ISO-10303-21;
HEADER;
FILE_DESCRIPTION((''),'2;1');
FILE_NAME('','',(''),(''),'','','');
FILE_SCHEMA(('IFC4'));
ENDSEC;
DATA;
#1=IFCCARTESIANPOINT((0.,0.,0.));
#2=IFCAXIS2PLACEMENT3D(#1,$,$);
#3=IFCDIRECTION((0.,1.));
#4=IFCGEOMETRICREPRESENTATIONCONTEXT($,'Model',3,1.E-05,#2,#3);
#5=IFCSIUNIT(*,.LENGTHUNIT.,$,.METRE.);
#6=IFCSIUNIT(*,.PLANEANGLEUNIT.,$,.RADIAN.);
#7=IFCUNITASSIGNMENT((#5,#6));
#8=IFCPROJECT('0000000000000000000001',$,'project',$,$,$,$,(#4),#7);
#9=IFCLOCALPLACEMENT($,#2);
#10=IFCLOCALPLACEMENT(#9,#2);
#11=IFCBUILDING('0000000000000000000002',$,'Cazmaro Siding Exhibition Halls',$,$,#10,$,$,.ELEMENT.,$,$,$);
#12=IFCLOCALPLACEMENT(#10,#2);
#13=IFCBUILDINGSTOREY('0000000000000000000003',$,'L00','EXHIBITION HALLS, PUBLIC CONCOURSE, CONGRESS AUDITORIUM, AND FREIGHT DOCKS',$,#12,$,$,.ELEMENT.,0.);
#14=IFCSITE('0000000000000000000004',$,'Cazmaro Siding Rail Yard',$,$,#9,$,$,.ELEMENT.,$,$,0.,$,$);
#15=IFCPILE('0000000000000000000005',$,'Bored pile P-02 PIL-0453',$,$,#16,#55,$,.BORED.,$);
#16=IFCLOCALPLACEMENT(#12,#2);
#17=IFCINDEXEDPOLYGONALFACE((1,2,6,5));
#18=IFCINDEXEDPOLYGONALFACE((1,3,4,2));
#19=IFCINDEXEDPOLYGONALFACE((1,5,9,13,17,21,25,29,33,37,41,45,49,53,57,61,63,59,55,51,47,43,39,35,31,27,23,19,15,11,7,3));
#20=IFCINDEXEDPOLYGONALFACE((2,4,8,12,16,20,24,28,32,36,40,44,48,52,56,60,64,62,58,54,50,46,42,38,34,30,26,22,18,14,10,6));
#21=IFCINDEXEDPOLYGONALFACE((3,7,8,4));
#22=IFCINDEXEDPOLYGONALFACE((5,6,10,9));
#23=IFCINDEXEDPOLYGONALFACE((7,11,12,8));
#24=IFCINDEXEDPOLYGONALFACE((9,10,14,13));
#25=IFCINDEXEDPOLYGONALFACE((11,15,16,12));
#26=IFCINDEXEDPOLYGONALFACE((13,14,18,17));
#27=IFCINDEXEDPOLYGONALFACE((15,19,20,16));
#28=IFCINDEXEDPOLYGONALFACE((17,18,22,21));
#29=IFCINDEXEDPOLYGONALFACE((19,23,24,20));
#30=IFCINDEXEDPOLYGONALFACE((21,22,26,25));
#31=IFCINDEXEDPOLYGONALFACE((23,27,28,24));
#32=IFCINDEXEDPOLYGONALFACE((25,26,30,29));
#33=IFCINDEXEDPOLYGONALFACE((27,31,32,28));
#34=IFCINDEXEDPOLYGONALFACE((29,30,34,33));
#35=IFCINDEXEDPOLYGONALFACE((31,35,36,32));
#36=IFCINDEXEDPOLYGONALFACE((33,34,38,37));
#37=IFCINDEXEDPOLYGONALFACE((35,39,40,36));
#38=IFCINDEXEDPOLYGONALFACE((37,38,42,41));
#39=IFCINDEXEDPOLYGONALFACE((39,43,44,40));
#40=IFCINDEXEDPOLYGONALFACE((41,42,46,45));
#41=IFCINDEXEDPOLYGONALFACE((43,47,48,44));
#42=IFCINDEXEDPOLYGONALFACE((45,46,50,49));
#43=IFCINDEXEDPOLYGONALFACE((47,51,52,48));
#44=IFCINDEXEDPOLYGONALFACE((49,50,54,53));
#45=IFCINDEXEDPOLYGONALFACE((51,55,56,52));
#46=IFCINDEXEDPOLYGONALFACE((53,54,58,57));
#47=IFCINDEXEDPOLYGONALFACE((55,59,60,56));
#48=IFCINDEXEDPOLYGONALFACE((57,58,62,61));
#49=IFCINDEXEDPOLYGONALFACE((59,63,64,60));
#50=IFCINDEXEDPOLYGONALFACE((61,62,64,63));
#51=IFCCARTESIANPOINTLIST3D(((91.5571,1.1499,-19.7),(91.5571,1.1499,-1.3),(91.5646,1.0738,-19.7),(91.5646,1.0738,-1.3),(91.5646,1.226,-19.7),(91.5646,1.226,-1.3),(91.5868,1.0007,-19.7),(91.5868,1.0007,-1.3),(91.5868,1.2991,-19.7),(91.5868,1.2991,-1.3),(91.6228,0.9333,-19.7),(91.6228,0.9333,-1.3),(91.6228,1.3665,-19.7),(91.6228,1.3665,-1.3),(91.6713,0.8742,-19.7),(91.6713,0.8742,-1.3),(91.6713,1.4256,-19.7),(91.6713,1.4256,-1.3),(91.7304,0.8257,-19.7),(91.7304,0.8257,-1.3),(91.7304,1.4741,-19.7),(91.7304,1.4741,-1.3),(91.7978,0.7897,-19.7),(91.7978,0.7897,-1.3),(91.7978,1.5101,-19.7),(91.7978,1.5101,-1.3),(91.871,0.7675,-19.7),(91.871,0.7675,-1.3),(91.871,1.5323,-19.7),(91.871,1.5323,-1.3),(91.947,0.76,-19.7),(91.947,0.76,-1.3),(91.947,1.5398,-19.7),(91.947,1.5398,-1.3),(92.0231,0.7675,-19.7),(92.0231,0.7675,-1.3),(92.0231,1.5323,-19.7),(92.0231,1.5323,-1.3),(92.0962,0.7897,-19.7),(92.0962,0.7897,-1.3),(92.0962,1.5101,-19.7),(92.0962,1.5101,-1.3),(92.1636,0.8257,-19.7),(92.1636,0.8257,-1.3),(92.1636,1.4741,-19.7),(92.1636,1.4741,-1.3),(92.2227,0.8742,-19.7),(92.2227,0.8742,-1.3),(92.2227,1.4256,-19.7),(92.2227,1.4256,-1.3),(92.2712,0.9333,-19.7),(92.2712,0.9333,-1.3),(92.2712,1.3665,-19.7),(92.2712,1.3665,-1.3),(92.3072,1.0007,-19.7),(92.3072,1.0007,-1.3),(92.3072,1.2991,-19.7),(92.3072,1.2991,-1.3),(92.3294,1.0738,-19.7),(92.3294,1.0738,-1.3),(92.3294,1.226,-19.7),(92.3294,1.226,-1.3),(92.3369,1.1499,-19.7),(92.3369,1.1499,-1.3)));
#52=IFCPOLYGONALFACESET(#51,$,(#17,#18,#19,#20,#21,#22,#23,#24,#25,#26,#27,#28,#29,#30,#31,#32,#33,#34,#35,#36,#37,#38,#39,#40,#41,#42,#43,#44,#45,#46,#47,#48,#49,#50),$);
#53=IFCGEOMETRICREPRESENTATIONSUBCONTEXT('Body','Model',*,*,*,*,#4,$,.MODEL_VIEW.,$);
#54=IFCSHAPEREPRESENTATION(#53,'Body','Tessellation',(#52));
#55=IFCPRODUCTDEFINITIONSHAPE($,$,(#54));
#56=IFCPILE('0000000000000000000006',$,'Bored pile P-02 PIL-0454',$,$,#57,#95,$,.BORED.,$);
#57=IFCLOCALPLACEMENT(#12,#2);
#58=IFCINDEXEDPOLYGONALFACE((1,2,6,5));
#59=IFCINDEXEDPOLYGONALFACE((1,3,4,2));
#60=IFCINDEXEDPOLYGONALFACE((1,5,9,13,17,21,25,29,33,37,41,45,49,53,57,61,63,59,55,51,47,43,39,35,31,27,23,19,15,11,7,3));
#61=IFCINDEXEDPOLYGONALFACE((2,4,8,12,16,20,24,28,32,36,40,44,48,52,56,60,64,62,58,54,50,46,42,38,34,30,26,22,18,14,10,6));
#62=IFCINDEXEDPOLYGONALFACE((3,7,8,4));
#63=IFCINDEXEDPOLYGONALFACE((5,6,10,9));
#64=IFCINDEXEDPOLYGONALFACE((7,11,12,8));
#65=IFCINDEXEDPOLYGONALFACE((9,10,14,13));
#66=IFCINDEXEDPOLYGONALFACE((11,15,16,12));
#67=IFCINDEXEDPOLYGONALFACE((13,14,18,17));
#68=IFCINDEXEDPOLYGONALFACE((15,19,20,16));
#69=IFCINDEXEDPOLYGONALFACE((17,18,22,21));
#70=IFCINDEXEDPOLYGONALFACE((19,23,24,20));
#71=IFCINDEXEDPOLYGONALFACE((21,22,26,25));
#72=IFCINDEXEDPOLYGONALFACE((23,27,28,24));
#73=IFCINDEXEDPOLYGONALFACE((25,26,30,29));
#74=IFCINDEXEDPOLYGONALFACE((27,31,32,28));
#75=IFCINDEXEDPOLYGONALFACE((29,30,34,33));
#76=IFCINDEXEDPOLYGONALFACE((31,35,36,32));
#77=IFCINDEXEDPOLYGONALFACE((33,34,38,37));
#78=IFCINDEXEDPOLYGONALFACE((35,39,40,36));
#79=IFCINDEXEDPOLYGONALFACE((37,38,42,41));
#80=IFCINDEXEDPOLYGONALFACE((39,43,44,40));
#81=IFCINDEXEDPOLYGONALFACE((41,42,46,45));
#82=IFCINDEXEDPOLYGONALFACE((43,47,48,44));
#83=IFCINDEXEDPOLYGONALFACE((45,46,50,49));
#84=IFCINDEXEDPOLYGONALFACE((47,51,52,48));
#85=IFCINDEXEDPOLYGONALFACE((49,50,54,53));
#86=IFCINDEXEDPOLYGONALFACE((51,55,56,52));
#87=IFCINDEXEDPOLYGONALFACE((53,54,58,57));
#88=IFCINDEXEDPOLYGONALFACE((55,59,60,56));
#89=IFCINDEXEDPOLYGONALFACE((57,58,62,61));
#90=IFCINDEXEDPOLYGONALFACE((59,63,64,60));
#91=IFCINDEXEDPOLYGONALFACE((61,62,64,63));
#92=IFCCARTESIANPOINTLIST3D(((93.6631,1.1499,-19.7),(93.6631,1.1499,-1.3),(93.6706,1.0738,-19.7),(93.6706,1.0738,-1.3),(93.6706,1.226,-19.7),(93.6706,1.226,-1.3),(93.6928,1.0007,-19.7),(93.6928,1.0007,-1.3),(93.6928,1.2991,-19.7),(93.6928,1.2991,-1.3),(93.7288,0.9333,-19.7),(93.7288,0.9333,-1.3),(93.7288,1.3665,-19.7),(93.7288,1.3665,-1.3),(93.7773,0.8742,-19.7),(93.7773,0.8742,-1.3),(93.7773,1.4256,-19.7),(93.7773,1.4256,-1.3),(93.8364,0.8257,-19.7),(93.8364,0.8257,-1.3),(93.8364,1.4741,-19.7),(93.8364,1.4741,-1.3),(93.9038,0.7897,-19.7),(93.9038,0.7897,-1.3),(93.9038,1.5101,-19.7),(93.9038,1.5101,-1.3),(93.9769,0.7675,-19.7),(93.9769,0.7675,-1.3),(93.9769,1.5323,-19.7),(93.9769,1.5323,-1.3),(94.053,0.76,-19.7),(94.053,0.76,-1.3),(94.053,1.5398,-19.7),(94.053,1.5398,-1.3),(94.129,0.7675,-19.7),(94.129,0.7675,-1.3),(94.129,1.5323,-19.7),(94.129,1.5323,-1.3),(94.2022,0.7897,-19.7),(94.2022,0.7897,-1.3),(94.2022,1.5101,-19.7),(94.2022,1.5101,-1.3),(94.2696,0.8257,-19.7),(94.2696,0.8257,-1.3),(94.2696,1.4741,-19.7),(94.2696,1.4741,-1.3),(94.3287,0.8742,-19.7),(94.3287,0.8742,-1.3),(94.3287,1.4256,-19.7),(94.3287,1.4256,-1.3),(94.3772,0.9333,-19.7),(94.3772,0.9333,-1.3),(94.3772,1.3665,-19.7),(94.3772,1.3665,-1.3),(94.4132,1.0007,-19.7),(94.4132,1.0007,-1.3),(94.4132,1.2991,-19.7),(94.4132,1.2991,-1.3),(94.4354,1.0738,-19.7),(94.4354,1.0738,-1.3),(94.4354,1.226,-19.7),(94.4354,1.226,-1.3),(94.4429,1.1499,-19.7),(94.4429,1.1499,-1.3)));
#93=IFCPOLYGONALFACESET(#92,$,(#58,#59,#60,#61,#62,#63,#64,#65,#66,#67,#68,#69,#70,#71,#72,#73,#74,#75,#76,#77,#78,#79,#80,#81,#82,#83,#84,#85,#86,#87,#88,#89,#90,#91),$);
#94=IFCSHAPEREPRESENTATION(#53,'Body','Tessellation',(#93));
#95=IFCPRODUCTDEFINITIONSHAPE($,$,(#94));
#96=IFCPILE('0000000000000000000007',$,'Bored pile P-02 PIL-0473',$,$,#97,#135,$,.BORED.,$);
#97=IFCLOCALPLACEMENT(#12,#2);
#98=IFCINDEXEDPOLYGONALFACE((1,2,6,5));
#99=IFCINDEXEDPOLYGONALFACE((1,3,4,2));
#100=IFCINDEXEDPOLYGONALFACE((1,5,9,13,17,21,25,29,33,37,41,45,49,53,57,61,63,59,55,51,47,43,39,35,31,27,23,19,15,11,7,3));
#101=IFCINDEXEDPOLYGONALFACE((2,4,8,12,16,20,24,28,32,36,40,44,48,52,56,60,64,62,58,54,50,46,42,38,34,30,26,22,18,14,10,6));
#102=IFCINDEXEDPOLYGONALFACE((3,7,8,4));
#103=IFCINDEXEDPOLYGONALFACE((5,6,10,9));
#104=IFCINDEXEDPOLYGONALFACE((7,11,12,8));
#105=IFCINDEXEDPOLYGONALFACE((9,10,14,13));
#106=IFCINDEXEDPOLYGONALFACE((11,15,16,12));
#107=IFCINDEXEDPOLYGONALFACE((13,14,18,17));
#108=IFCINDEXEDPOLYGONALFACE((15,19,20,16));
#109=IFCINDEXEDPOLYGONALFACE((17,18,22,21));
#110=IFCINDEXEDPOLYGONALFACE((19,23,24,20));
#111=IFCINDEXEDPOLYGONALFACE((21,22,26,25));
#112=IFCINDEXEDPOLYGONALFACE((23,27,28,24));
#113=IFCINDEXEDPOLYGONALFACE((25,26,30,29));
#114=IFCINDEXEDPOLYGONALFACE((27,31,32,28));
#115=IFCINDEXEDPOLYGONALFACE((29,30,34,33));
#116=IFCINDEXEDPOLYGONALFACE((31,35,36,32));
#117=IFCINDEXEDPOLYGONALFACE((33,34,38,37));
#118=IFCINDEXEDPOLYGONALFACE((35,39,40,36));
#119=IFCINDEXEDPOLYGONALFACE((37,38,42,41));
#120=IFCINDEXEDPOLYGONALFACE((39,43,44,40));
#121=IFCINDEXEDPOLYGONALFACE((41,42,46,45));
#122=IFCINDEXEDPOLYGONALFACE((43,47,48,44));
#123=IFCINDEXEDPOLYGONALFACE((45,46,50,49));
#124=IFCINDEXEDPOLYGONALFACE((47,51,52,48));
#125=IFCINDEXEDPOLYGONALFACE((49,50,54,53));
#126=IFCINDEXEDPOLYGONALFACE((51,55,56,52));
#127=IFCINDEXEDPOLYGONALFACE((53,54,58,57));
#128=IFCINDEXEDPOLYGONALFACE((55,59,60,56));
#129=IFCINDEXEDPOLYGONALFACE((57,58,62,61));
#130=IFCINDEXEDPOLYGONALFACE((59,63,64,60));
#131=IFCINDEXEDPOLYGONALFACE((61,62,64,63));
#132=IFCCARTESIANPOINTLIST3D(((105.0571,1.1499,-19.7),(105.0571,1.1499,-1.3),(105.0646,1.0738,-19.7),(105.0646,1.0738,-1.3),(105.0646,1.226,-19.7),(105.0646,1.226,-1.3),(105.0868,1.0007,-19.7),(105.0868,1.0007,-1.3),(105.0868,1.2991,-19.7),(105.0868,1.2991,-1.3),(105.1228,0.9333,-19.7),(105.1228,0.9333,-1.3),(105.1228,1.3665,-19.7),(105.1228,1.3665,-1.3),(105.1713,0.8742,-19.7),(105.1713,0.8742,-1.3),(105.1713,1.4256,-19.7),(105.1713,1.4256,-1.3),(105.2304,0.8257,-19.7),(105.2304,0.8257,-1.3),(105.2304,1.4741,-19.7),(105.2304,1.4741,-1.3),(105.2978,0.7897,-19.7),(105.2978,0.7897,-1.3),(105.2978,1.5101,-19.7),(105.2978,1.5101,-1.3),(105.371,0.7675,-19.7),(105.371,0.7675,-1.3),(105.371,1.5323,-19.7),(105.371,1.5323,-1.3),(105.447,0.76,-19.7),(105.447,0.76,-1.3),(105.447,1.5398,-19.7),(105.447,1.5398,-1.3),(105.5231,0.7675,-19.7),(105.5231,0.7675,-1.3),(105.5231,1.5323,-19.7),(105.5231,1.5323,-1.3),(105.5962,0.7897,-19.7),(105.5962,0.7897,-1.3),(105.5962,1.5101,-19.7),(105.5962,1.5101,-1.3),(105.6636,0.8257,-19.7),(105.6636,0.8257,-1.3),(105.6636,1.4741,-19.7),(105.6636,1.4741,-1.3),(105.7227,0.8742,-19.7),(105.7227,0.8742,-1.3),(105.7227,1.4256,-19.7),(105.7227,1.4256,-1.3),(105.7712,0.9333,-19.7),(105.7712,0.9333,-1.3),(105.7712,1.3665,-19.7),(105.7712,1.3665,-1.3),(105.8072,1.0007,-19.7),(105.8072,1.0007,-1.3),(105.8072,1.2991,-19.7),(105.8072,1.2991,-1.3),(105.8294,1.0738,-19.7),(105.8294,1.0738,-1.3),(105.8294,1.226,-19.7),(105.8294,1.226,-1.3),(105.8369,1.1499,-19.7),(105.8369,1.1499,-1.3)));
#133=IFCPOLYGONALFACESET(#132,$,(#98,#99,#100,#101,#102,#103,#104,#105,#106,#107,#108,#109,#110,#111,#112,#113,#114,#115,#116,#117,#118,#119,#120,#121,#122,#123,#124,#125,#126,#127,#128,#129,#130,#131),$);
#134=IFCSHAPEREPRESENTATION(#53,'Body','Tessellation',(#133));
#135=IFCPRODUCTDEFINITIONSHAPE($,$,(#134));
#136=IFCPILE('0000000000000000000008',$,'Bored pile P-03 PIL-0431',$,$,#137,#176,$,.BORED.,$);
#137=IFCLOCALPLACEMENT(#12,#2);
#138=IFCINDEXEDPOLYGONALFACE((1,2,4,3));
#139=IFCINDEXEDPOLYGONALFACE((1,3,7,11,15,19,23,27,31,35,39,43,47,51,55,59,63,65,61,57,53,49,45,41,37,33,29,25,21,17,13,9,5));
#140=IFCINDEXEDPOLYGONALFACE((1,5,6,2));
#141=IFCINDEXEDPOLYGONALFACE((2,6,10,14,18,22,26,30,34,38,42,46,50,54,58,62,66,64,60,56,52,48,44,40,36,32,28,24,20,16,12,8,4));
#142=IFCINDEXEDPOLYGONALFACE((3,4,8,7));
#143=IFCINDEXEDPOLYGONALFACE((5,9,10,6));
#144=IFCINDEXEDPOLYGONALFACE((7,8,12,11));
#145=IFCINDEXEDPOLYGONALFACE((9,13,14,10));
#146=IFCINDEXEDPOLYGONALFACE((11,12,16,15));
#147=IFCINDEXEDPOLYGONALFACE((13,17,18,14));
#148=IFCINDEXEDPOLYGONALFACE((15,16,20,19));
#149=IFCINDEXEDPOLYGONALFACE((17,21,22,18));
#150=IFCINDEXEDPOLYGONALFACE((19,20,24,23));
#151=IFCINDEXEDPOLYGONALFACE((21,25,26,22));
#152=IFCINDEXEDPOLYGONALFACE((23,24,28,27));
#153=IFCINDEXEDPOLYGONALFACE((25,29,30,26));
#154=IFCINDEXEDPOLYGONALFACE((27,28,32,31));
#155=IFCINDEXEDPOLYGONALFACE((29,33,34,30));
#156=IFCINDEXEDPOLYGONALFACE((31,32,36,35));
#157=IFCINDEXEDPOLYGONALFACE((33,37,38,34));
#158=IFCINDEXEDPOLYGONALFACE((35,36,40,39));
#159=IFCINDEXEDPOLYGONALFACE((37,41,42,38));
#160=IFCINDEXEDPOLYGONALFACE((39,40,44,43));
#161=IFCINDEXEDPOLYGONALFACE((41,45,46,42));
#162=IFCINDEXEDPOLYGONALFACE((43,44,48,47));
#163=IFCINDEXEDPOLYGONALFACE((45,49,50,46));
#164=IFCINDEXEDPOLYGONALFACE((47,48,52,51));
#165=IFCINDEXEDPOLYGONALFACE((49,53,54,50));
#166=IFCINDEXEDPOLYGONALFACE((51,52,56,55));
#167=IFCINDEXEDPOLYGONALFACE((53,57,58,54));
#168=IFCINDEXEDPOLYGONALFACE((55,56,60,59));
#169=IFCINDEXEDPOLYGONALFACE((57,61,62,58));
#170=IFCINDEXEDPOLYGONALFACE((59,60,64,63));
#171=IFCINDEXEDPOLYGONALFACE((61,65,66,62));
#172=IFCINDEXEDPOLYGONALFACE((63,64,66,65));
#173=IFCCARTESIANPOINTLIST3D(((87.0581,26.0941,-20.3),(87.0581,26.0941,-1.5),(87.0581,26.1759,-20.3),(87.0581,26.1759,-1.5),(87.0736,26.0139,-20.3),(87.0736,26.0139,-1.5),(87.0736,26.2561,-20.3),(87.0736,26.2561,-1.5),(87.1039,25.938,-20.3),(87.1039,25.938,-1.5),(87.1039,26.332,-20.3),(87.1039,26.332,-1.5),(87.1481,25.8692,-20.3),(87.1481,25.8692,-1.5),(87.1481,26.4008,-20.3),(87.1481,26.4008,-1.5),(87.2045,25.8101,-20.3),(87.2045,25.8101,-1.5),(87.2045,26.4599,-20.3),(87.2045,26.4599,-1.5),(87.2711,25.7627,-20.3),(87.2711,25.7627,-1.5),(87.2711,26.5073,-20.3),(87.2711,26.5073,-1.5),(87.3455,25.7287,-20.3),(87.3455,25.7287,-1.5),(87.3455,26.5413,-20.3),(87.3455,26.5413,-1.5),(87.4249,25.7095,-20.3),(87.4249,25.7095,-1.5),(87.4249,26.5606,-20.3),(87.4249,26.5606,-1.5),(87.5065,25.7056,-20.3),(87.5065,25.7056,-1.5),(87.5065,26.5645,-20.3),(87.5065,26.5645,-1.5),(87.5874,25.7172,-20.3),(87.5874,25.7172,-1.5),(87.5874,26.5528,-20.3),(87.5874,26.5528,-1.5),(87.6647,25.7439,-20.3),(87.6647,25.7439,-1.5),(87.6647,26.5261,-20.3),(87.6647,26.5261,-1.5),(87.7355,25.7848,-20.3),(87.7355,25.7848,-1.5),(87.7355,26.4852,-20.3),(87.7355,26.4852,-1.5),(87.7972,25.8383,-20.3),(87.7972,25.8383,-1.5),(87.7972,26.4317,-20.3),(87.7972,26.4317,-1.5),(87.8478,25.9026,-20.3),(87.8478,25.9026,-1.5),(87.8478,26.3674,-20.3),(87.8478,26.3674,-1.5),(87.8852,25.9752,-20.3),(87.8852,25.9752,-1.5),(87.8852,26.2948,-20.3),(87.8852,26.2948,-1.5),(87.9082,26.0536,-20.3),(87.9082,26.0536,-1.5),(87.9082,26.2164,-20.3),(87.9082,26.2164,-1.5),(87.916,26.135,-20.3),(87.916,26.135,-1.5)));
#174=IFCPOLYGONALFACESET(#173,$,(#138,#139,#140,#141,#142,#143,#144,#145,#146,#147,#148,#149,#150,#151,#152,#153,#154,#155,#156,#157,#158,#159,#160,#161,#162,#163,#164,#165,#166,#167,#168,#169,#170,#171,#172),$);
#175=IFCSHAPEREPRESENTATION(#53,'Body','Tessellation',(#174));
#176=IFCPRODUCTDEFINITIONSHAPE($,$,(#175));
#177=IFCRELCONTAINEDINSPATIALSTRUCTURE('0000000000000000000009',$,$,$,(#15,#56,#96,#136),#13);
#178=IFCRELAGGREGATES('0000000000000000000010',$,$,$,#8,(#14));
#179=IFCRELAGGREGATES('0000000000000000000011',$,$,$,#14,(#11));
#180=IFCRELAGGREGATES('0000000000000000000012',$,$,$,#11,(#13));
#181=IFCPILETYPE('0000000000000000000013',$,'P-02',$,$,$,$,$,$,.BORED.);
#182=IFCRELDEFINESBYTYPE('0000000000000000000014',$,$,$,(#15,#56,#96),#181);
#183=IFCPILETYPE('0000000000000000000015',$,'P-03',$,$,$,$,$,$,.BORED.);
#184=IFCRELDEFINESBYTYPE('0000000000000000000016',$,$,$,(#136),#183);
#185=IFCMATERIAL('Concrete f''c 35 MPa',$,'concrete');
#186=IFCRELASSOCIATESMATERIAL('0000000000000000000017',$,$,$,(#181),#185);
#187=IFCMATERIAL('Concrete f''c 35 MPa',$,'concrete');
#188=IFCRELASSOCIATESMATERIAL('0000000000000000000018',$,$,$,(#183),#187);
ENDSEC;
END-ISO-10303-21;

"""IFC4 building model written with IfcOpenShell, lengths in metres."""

from ifc_helpers import new_model, si_unit, direction, frame, origin, origin_2d, place, context, subcontext, project, spatial, circle, extrude, material, material_profile, profile_set, type_object, element, save


model = new_model("IFC4")

# Units and contexts
model_context = context("Model", 3, precision=1e-05, world=origin(), true_north=direction((0.0, 1.0)))
body_context = subcontext(model_context, "Body", "Model", "MODEL_VIEW")
ifc_project = project(units=[si_unit("LENGTHUNIT", "METRE"), si_unit("PLANEANGLEUNIT", "RADIAN")], contexts=[model_context])

# Site, building, storey
site_placement = place(None, origin())
site = spatial("IfcSite", under=ifc_project, at=site_placement, Name="Cazmaro Siding Rail Yard", CompositionType="ELEMENT", RefElevation=0.0)
building_placement = place(site_placement, origin())
building = spatial("IfcBuilding", under=site, at=building_placement, Name="Cazmaro Siding Exhibition Halls", CompositionType="ELEMENT")
storey_placement = place(building_placement, origin())
storey = spatial("IfcBuildingStorey", under=building, at=storey_placement, Name="L00", Description="EXHIBITION HALLS, PUBLIC CONCOURSE, CONGRESS AUDITORIUM, AND FREIGHT DOCKS", CompositionType="ELEMENT", Elevation=0.0)

# Piles
ifc_material_1 = material(Name="Concrete f'c 35 MPa", Category="concrete")
ifc_material_profile_1 = material_profile(ifc_material_1, circle(Radius=0.3899, at=origin_2d()), Name="CIDH-780")
ifc_profile_set_1 = profile_set([ifc_material_profile_1], Name="Concrete f'c 35 MPa")
pile_type_1 = type_object("IfcPileType", Name="P-02", PredefinedType="BORED", material=ifc_profile_set_1)
for number, where, z_axis, x_axis, name in (
    (1, (91.947, 1.1499, -1.3), (0.0, 0.0, -1.0), (1.0, 0.0, 0.0), "Bored pile P-02 PIL-0453"),
    (2, (94.053, 1.1499, -1.3), (0.0, 0.0, -1.0), (1.0, 0.0, 0.0), "Bored pile P-02 PIL-0454"),
    (3, (105.447, 1.1499, -1.3), (0.0, 0.0, -1.0), (1.0, 0.0, 0.0), "Bored pile P-02 PIL-0473"),
):
    element("IfcPile", number, at=place(storey_placement, frame(where, z_axis=z_axis, x_axis=x_axis)), inside=storey, type_object=pile_type_1, Name=name, PredefinedType="BORED", context=body_context, shape_type="SweptSolid", body=[
        extrude(circle(Radius=0.3899, at=origin_2d()), origin(), (0.0, 0.0, 1.0), 18.3999),
    ])
ifc_material_2 = material(Name="Concrete f'c 35 MPa", Category="concrete")
ifc_material_profile_2 = material_profile(ifc_material_2, circle(Radius=0.4299, at=origin_2d()), Name="CIDH-860")
ifc_profile_set_2 = profile_set([ifc_material_profile_2], Name="Concrete f'c 35 MPa")
pile_type_2 = type_object("IfcPileType", Name="P-03", PredefinedType="BORED", material=ifc_profile_set_2)
for number, where, z_axis, x_axis, name in (
    (4, (87.4861, 26.135, -1.5), (0.0, 0.0, -1.0), (1.0, 0.0, 0.0), "Bored pile P-03 PIL-0431"),
):
    element("IfcPile", number, at=place(storey_placement, frame(where, z_axis=z_axis, x_axis=x_axis)), inside=storey, type_object=pile_type_2, Name=name, PredefinedType="BORED", context=body_context, shape_type="SweptSolid", body=[
        extrude(circle(Radius=0.4299, at=origin_2d()), origin(), (0.0, 0.0, 1.0), 18.8),
    ])

save(model, "model.ifc")
